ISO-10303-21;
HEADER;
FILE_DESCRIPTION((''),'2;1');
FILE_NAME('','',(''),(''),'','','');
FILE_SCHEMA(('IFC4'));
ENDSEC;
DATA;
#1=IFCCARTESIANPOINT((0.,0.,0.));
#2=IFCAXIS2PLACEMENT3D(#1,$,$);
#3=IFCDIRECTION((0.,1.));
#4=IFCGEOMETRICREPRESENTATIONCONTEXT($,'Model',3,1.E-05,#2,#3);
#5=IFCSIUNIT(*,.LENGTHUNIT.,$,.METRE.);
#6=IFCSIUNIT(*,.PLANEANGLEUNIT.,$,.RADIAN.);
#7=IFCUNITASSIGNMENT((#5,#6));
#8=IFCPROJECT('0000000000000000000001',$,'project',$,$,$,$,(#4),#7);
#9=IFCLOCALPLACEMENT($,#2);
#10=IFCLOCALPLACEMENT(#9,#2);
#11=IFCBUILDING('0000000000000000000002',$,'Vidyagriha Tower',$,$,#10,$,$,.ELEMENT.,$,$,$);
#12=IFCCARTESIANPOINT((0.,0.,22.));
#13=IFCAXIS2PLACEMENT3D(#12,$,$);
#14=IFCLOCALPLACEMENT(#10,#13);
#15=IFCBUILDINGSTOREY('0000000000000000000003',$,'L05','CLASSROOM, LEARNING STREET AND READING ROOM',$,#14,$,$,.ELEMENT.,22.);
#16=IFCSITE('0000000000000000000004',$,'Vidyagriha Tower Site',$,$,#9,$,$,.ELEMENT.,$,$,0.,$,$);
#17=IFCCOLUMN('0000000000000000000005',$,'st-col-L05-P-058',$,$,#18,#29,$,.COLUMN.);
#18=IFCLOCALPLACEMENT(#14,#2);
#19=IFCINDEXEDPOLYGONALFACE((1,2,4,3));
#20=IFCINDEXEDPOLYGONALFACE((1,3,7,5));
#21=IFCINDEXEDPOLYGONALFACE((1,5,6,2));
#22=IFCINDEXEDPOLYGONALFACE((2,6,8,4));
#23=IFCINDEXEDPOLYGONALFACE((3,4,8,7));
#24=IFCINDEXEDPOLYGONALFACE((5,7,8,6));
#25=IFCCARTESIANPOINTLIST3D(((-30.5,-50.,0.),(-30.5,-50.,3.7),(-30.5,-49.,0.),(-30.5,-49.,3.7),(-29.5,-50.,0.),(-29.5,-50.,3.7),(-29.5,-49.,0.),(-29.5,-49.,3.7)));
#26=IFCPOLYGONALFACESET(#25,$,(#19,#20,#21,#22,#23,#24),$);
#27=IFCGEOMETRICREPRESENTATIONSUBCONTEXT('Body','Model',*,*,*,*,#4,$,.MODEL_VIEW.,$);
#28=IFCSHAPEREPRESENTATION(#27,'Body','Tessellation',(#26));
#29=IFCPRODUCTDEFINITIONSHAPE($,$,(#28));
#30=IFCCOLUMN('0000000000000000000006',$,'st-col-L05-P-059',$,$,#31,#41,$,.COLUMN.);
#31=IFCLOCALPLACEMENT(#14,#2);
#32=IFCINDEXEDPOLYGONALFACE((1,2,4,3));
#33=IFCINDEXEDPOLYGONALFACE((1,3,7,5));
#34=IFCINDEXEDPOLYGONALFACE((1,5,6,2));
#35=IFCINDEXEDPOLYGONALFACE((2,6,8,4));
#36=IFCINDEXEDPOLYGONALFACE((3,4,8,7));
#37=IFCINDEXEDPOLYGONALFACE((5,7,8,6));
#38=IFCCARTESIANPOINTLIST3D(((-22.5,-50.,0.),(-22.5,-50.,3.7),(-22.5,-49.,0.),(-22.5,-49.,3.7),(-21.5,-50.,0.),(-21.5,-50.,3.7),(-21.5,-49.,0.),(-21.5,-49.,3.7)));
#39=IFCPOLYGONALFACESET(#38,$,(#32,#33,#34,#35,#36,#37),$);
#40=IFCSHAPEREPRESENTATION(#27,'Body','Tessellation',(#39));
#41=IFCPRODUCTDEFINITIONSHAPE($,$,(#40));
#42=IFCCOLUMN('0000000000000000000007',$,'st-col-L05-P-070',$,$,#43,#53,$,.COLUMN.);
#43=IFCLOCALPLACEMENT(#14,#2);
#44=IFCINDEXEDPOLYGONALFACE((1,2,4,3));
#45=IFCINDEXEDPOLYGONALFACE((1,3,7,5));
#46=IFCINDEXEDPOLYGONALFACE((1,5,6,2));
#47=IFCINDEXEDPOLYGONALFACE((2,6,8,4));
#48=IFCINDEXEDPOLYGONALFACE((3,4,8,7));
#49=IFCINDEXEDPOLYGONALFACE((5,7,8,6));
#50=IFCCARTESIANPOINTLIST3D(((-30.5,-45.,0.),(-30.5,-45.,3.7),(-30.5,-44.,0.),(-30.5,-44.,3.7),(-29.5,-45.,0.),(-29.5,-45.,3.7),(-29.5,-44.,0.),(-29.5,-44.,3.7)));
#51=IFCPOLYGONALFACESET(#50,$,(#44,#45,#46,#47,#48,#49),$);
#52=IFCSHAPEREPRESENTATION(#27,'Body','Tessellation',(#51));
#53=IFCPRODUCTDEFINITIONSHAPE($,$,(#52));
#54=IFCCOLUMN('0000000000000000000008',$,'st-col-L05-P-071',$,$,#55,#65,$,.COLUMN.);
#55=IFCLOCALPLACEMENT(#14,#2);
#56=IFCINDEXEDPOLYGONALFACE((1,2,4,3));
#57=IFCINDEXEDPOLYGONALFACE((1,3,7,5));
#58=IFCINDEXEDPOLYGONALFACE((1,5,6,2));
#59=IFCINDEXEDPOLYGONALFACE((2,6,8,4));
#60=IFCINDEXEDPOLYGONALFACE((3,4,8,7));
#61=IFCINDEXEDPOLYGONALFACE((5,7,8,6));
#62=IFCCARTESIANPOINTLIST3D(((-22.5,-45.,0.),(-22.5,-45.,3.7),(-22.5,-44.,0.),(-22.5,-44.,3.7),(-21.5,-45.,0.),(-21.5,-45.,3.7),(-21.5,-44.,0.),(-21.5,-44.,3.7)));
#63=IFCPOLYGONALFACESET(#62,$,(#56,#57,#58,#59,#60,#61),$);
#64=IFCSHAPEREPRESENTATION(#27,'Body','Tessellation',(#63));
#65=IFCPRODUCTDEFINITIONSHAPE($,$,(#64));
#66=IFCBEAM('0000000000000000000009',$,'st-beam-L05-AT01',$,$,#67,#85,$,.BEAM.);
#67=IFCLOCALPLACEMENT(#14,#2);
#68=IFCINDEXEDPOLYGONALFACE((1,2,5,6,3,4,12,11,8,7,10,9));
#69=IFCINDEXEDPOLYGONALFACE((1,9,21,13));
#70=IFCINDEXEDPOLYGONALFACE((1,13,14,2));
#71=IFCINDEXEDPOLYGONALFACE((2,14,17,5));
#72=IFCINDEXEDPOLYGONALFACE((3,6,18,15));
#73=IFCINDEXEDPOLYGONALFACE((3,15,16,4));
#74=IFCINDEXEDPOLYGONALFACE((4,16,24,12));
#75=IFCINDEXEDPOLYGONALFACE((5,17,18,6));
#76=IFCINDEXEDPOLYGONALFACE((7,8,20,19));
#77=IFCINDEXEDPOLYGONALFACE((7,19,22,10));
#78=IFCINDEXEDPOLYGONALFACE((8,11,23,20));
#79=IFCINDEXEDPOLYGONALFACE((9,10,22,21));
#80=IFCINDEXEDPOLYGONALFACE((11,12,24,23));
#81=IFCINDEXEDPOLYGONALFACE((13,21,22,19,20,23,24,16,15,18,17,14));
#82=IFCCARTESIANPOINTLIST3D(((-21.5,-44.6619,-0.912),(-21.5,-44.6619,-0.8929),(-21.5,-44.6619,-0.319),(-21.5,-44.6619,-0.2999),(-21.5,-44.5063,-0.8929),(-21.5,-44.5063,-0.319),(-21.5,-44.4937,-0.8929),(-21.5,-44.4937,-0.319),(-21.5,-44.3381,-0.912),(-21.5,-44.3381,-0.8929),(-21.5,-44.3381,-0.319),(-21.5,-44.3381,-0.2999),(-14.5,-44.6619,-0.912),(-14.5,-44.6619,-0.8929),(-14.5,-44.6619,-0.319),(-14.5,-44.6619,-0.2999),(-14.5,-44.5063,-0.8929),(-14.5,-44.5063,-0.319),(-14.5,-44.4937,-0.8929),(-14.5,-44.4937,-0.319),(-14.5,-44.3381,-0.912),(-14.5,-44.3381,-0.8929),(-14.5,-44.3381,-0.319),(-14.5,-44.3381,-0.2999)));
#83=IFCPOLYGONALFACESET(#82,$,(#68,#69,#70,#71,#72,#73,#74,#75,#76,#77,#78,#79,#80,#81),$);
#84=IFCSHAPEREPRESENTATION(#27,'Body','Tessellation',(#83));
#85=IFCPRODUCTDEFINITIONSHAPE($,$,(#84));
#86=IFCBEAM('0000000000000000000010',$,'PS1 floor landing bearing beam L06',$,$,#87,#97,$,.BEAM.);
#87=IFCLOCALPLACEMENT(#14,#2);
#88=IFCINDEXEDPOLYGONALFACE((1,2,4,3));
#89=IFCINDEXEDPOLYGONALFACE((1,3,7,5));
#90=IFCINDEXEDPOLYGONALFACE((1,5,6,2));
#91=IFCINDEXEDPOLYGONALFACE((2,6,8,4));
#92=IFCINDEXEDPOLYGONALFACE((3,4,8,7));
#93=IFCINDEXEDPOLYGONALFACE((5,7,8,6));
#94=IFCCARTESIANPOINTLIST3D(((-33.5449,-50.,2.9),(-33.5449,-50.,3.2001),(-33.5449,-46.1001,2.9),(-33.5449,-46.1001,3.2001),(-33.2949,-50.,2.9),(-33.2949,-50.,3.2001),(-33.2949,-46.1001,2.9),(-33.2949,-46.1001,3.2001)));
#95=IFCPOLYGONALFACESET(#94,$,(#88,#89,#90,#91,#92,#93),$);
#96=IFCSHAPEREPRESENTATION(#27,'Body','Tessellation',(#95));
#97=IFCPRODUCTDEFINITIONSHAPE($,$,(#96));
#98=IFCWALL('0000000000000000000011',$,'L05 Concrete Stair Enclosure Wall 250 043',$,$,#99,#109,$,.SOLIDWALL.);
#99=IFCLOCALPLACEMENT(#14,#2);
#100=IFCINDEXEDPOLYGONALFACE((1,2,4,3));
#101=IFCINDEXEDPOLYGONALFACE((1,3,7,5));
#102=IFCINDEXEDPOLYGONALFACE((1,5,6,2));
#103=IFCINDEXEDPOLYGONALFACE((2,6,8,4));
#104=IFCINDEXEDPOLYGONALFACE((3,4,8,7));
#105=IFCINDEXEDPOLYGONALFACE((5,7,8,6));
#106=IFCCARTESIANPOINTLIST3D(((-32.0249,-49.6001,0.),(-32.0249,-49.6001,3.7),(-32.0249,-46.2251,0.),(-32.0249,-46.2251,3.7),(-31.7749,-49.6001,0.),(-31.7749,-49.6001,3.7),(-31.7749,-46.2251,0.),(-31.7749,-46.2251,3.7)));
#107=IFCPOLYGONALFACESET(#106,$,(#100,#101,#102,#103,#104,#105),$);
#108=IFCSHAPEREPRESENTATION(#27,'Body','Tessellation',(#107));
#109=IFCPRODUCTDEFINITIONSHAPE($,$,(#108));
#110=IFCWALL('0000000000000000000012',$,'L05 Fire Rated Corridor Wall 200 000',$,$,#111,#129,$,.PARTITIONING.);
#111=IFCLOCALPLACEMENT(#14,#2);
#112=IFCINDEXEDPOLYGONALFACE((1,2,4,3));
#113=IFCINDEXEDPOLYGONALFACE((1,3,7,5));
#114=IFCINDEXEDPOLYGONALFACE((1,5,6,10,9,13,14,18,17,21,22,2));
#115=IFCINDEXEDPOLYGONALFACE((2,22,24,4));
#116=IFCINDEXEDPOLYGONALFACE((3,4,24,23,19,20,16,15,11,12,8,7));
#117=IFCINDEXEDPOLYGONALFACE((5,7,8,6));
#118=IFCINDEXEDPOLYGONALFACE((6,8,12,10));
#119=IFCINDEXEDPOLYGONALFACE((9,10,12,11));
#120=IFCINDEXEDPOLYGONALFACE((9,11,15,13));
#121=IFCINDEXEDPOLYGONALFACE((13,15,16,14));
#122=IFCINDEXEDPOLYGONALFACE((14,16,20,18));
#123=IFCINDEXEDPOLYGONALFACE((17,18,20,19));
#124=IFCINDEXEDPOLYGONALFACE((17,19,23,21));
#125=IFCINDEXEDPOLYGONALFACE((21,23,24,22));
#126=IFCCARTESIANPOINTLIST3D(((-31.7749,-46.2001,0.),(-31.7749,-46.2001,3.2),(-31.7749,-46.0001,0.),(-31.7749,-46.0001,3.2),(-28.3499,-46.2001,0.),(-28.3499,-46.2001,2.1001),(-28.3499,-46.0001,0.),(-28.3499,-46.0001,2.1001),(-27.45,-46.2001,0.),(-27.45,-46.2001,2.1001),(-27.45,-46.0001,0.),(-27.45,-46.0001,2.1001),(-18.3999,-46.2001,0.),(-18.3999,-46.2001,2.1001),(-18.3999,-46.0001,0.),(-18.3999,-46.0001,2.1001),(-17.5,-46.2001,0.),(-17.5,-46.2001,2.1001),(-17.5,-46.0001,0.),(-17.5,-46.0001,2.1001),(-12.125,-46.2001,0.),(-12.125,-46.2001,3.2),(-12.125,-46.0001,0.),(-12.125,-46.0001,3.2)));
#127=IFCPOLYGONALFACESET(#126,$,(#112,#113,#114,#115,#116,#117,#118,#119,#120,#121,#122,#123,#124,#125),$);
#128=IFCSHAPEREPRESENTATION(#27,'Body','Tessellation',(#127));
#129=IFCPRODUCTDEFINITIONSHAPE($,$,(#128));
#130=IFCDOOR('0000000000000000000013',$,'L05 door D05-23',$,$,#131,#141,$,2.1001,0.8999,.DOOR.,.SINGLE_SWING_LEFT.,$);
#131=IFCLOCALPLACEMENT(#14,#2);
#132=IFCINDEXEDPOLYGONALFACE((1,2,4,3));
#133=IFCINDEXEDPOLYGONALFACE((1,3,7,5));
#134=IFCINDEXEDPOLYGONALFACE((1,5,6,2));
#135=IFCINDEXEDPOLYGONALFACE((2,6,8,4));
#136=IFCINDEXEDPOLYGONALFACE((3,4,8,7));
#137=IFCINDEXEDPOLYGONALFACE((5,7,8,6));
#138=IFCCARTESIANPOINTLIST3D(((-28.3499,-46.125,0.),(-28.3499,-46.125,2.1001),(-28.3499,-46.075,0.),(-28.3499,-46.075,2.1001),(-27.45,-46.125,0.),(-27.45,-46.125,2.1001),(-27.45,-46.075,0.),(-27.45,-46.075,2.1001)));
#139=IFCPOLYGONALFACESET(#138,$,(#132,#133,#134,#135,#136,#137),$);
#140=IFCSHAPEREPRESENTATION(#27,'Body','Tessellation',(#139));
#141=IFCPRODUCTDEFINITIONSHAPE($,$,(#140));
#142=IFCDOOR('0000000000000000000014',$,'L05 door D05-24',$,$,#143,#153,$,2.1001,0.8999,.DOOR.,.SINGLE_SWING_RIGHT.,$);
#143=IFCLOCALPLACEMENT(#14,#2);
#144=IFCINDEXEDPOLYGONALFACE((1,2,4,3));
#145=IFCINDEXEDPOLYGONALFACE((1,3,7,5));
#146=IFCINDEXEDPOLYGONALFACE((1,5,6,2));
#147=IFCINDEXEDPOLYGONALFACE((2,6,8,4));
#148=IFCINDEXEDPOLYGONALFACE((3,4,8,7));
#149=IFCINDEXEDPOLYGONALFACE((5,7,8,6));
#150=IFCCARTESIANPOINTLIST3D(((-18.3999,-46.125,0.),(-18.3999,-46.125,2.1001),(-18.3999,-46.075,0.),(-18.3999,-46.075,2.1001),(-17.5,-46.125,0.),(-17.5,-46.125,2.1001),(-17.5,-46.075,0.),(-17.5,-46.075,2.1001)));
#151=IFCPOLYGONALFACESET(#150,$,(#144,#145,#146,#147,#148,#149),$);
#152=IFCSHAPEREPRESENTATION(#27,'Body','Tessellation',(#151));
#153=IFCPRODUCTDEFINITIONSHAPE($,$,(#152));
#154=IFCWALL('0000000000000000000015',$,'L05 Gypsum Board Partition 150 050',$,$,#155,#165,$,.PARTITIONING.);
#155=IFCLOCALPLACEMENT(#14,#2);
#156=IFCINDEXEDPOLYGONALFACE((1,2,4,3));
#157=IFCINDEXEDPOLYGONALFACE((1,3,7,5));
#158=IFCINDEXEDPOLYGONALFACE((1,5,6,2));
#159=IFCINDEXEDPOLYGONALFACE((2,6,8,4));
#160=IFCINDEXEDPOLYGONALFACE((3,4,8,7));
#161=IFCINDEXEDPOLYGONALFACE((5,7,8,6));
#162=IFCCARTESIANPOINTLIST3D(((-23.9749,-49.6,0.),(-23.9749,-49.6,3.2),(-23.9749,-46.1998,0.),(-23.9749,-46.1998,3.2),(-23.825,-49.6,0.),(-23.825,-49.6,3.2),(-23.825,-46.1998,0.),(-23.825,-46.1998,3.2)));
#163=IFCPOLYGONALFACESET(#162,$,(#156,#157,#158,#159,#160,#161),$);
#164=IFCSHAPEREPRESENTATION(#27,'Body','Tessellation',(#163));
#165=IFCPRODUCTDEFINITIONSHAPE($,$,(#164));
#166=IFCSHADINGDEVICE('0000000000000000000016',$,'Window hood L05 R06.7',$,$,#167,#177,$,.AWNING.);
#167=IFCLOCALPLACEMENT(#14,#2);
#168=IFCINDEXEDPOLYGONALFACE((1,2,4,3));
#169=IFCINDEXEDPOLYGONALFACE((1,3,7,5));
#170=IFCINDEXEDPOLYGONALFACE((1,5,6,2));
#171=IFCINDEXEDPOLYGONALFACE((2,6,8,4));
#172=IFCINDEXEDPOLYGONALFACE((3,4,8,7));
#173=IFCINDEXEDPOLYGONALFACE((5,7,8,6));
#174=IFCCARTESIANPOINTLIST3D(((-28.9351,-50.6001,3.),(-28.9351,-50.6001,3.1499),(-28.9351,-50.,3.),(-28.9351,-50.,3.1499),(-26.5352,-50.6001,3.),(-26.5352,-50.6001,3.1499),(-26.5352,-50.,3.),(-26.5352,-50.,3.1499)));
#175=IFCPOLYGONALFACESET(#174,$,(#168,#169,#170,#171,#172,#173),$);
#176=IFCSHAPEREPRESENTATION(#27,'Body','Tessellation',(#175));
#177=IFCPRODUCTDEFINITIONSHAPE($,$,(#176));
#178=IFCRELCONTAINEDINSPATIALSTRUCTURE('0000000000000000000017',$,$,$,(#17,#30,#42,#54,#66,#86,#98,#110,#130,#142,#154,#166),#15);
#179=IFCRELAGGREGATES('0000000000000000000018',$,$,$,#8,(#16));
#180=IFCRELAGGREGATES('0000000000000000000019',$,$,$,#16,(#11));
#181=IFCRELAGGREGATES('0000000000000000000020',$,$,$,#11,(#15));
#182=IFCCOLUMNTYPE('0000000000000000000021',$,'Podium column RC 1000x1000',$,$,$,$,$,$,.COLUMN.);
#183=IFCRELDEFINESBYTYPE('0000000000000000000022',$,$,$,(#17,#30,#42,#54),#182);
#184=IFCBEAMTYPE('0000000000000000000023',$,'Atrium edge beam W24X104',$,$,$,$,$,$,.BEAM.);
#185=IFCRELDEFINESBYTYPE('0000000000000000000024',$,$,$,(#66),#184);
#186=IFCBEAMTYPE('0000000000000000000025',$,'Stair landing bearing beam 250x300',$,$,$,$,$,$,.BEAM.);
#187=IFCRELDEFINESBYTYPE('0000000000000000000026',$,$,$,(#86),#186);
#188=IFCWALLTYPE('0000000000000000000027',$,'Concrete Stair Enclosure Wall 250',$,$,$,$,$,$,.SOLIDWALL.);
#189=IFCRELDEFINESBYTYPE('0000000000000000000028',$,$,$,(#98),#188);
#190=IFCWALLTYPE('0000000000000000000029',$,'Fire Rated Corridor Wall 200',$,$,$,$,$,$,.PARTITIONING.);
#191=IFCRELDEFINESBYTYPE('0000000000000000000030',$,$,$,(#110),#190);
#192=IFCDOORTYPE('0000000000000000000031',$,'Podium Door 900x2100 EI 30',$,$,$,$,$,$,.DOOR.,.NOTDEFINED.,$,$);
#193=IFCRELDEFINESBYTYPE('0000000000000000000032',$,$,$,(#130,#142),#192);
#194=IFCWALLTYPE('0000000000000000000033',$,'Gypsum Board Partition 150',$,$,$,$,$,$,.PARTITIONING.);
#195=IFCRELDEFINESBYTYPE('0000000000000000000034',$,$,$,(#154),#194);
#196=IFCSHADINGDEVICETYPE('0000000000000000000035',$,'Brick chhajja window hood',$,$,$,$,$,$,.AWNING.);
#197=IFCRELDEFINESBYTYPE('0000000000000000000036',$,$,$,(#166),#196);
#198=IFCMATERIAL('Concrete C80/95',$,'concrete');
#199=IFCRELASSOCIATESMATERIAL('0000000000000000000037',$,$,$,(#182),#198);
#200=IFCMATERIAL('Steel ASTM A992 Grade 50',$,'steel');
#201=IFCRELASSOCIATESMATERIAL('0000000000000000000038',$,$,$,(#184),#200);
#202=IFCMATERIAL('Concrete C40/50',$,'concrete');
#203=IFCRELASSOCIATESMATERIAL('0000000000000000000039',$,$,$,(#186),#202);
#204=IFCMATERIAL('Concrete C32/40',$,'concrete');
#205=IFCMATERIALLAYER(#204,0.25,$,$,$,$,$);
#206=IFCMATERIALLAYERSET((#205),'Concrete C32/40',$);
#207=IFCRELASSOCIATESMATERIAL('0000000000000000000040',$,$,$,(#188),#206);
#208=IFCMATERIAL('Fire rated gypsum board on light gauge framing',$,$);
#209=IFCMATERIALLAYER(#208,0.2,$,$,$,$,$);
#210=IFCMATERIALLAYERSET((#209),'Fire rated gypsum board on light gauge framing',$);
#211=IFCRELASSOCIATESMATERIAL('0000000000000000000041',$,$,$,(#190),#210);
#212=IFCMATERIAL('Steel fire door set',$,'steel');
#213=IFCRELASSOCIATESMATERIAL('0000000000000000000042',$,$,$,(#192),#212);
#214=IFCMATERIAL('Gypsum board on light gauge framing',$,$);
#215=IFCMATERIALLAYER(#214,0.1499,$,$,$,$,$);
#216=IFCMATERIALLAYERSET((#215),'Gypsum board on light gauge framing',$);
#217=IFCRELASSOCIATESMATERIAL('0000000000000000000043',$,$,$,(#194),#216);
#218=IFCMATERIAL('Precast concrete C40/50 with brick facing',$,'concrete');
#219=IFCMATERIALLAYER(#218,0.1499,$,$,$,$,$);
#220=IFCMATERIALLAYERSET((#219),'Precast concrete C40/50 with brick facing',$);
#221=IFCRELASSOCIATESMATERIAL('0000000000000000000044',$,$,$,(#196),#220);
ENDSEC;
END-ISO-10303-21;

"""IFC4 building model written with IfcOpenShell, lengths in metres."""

from ifc_helpers import new_model, si_unit, direction, frame, frame_2d, origin, origin_2d, place, context, subcontext, project, spatial, rectangle, i_section, extrude, material, layer, layer_set, material_profile, profile_set, type_object, element, fill, save


model = new_model("IFC4")

# Units and contexts
model_context = context("Model", 3, precision=1e-05, world=origin(), true_north=direction((0.0, 1.0)))
body_context = subcontext(model_context, "Body", "Model", "MODEL_VIEW")
ifc_project = project(units=[si_unit("LENGTHUNIT", "METRE"), si_unit("PLANEANGLEUNIT", "RADIAN")], contexts=[model_context])

# Site, building, storey
site_placement = place(None, origin())
site = spatial("IfcSite", under=ifc_project, at=site_placement, Name="Vidyagriha Tower Site", CompositionType="ELEMENT", RefElevation=0.0)
building_placement = place(site_placement, origin())
building = spatial("IfcBuilding", under=site, at=building_placement, Name="Vidyagriha Tower", CompositionType="ELEMENT")
storey_placement = place(building_placement, frame((0.0, 0.0, 22.0)))
storey = spatial("IfcBuildingStorey", under=building, at=storey_placement, Name="L05", Description="CLASSROOM, LEARNING STREET AND READING ROOM", CompositionType="ELEMENT", Elevation=22.0)

# Columns
ifc_material_1 = material(Name="Concrete C80/95", Category="concrete")
ifc_material_profile_1 = material_profile(ifc_material_1, rectangle(XDim=1.0, YDim=1.0, at=origin_2d()), Name="RC 1000x1000")
ifc_profile_set_1 = profile_set([ifc_material_profile_1], Name="Concrete C80/95")
column_type = type_object("IfcColumnType", Name="Podium column RC 1000x1000", PredefinedType="COLUMN", material=ifc_profile_set_1)
for number, where, name in (
    (1, (-30.0, -49.5, 0.0), "st-col-L05-P-058"),
    (2, (-22.0, -49.5, 0.0), "st-col-L05-P-059"),
    (3, (-30.0, -44.5, 0.0), "st-col-L05-P-070"),
    (4, (-22.0, -44.5, 0.0), "st-col-L05-P-071"),
):
    element("IfcColumn", number, at=place(storey_placement, frame(where)), inside=storey, type_object=column_type, Name=name, PredefinedType="COLUMN", context=body_context, shape_type="SweptSolid", body=[
        extrude(rectangle(XDim=1.0, YDim=1.0, at=origin_2d()), origin(), (0.0, 0.0, 1.0), 3.7),
    ])

# Beams
ifc_material_2 = material(Name="Steel ASTM A992 Grade 50", Category="steel")
ifc_material_profile_2 = material_profile(ifc_material_2, i_section(OverallWidth=0.3237, OverallDepth=0.6121, WebThickness=0.0127, FlangeThickness=0.019, at=origin_2d()), Name="W24X104")
ifc_profile_set_2 = profile_set([ifc_material_profile_2], Name="Steel ASTM A992 Grade 50")
beam_type_1 = type_object("IfcBeamType", Name="Atrium edge beam W24X104", PredefinedType="BEAM", material=ifc_profile_set_2)
beam_1_placement = place(storey_placement, frame((-21.5, -44.5, -0.606), z_axis=(1.0, 0.0, 0.0), x_axis=(0.0, 1.0, 0.0)))
element("IfcBeam", 5, at=beam_1_placement, inside=storey, type_object=beam_type_1, Name="st-beam-L05-AT01", PredefinedType="BEAM", context=body_context, shape_type="SweptSolid", body=[
    extrude(i_section(OverallWidth=0.3237, OverallDepth=0.6121, WebThickness=0.0127, FlangeThickness=0.019, at=origin_2d()), origin(), (0.0, 0.0, 1.0), 7.0),
])
ifc_material_3 = material(Name="Concrete C40/50", Category="concrete")
ifc_material_profile_3 = material_profile(ifc_material_3, rectangle(XDim=0.25, YDim=0.3, at=origin_2d()), Name="Stair landing bearing beam 250x300")
ifc_profile_set_3 = profile_set([ifc_material_profile_3], Name="Concrete C40/50")
beam_type_2 = type_object("IfcBeamType", Name="Stair landing bearing beam 250x300", PredefinedType="BEAM", material=ifc_profile_set_3)
beam_2_placement = place(storey_placement, frame((-33.4199, -50.0, 3.05), z_axis=(0.0, 1.0, 0.0), x_axis=(-1.0, 0.0, 0.0)))
element("IfcBeam", 6, at=beam_2_placement, inside=storey, type_object=beam_type_2, Name="PS1 floor landing bearing beam L06", PredefinedType="BEAM", context=body_context, shape_type="SweptSolid", body=[
    extrude(rectangle(XDim=0.25, YDim=0.3, at=origin_2d()), origin(), (0.0, 0.0, 1.0), 3.8999),
])

# Wall
ifc_material_4 = material(Name="Concrete C32/40", Category="concrete")
ifc_layer_1 = layer(ifc_material_4, 0.25)
ifc_layer_set_1 = layer_set([ifc_layer_1], Name="Concrete C32/40")
wall_type_1 = type_object("IfcWallType", Name="Concrete Stair Enclosure Wall 250", PredefinedType="SOLIDWALL", material=ifc_layer_set_1)
wall_1_placement = place(storey_placement, frame((-31.8999, -49.6001, 0.0), z_axis=(0.0, 0.0, 1.0), x_axis=(0.0, 1.0, 0.0)))
element("IfcWall", 7, at=wall_1_placement, inside=storey, type_object=wall_type_1, Name="L05 Concrete Stair Enclosure Wall 250 043", PredefinedType="SOLIDWALL", context=body_context, shape_type="SweptSolid", body=[
    extrude(rectangle(XDim=3.375, YDim=0.25, at=frame_2d((1.6875, 0.0))), origin(), (0.0, 0.0, 1.0), 3.7),
])

# Wall, openings, doors
ifc_material_5 = material(Name="Fire rated gypsum board on light gauge framing")
ifc_layer_2 = layer(ifc_material_5, 0.2)
ifc_layer_set_2 = layer_set([ifc_layer_2], Name="Fire rated gypsum board on light gauge framing")
wall_type_2 = type_object("IfcWallType", Name="Fire Rated Corridor Wall 200", PredefinedType="PARTITIONING", material=ifc_layer_set_2)
wall_2_placement = place(storey_placement, frame((-31.7749, -46.1001, 0.0)))
wall_2 = element("IfcWall", 8, at=wall_2_placement, inside=storey, type_object=wall_type_2, Name="L05 Fire Rated Corridor Wall 200 000", PredefinedType="PARTITIONING", context=body_context, shape_type="SweptSolid", body=[
    extrude(rectangle(XDim=19.6499, YDim=0.2, at=frame_2d((9.825, 0.0))), origin(), (0.0, 0.0, 1.0), 3.2),
])
opening_1_placement = place(wall_2_placement, frame((3.425, 0.0, 0.0)))
opening_1 = element("IfcOpeningElement", 9, at=opening_1_placement, cuts=wall_2, PredefinedType="OPENING", context=body_context, shape_type="SweptSolid", body=[
    extrude(rectangle(XDim=0.8999, YDim=2.1001, at=frame_2d((0.45, 1.05))), frame((0.0, 0.1099, 0.0), z_axis=(0.0, -1.0, 0.0), x_axis=(1.0, 0.0, 0.0)), (0.0, 0.0, 1.0), 0.22),
])
opening_2_placement = place(wall_2_placement, frame((13.375, 0.0, 0.0)))
opening_2 = element("IfcOpeningElement", 10, at=opening_2_placement, cuts=wall_2, PredefinedType="OPENING", context=body_context, shape_type="SweptSolid", body=[
    extrude(rectangle(XDim=0.8999, YDim=2.1001, at=frame_2d((0.45, 1.05))), frame((0.0, 0.1099, 0.0), z_axis=(0.0, -1.0, 0.0), x_axis=(1.0, 0.0, 0.0)), (0.0, 0.0, 1.0), 0.22),
])
ifc_material_6 = material(Name="Steel fire door set", Category="steel")
door_type = type_object("IfcDoorType", Name="Podium Door 900x2100 EI 30", OperationType="NOTDEFINED", PredefinedType="DOOR", material=ifc_material_6)
door_1_placement = place(opening_1_placement, frame((0.8999, 0.0, 0.0), z_axis=(0.0, 0.0, 1.0), x_axis=(-1.0, 0.0, 0.0)))
door_1 = element("IfcDoor", 11, at=door_1_placement, inside=storey, type_object=door_type, Name="L05 door D05-23", OperationType="SINGLE_SWING_LEFT", OverallHeight=2.1001, OverallWidth=0.8999, PredefinedType="DOOR", context=body_context, shape_type="SweptSolid", body=[
    extrude(rectangle(XDim=0.8999, YDim=2.1001, at=frame_2d((0.45, 1.05))), frame((0.0, 0.0249, 0.0), z_axis=(0.0, -1.0, 0.0), x_axis=(1.0, 0.0, 0.0)), (0.0, 0.0, 1.0), 0.05),
])
fill(opening_1, door_1)
door_2_placement = place(opening_2_placement, frame((0.8999, 0.0, 0.0), z_axis=(0.0, 0.0, 1.0), x_axis=(-1.0, 0.0, 0.0)))
door_2 = element("IfcDoor", 12, at=door_2_placement, inside=storey, type_object=door_type, Name="L05 door D05-24", OperationType="SINGLE_SWING_RIGHT", OverallHeight=2.1001, OverallWidth=0.8999, PredefinedType="DOOR", context=body_context, shape_type="SweptSolid", body=[
    extrude(rectangle(XDim=0.8999, YDim=2.1001, at=frame_2d((0.45, 1.05))), frame((0.0, 0.0249, 0.0), z_axis=(0.0, -1.0, 0.0), x_axis=(1.0, 0.0, 0.0)), (0.0, 0.0, 1.0), 0.05),
])
fill(opening_2, door_2)

# Wall
ifc_material_7 = material(Name="Gypsum board on light gauge framing")
ifc_layer_3 = layer(ifc_material_7, 0.1499)
ifc_layer_set_3 = layer_set([ifc_layer_3], Name="Gypsum board on light gauge framing")
wall_type_3 = type_object("IfcWallType", Name="Gypsum Board Partition 150", PredefinedType="PARTITIONING", material=ifc_layer_set_3)
wall_3_placement = place(storey_placement, frame((-23.8999, -49.6001, 0.0), z_axis=(0.0, 0.0, 1.0), x_axis=(0.0, 1.0, 0.0)))
element("IfcWall", 13, at=wall_3_placement, inside=storey, type_object=wall_type_3, Name="L05 Gypsum Board Partition 150 050", PredefinedType="PARTITIONING", context=body_context, shape_type="SweptSolid", body=[
    extrude(rectangle(XDim=3.4001, YDim=0.1499, at=frame_2d((1.7002, 0.0))), origin(), (0.0, 0.0, 1.0), 3.2),
])

# Shading device
ifc_material_8 = material(Name="Precast concrete C40/50 with brick facing", Category="concrete")
ifc_layer_4 = layer(ifc_material_8, 0.1499)
ifc_layer_set_4 = layer_set([ifc_layer_4], Name="Precast concrete C40/50 with brick facing")
shading_device_type_1 = type_object("IfcShadingDeviceType", Name="Brick chhajja window hood", PredefinedType="AWNING", material=ifc_layer_set_4)
shading_device_placement = place(storey_placement, frame((-27.7351, -50.3, 3.0)))
element("IfcShadingDevice", 14, at=shading_device_placement, inside=storey, type_object=shading_device_type_1, Name="Window hood L05 R06.7", PredefinedType="AWNING", context=body_context, shape_type="SweptSolid", body=[
    extrude(rectangle(XDim=2.3999, YDim=0.6001, at=origin_2d()), origin(), (0.0, 0.0, 1.0), 0.1499),
])

save(model, "model.ifc")
